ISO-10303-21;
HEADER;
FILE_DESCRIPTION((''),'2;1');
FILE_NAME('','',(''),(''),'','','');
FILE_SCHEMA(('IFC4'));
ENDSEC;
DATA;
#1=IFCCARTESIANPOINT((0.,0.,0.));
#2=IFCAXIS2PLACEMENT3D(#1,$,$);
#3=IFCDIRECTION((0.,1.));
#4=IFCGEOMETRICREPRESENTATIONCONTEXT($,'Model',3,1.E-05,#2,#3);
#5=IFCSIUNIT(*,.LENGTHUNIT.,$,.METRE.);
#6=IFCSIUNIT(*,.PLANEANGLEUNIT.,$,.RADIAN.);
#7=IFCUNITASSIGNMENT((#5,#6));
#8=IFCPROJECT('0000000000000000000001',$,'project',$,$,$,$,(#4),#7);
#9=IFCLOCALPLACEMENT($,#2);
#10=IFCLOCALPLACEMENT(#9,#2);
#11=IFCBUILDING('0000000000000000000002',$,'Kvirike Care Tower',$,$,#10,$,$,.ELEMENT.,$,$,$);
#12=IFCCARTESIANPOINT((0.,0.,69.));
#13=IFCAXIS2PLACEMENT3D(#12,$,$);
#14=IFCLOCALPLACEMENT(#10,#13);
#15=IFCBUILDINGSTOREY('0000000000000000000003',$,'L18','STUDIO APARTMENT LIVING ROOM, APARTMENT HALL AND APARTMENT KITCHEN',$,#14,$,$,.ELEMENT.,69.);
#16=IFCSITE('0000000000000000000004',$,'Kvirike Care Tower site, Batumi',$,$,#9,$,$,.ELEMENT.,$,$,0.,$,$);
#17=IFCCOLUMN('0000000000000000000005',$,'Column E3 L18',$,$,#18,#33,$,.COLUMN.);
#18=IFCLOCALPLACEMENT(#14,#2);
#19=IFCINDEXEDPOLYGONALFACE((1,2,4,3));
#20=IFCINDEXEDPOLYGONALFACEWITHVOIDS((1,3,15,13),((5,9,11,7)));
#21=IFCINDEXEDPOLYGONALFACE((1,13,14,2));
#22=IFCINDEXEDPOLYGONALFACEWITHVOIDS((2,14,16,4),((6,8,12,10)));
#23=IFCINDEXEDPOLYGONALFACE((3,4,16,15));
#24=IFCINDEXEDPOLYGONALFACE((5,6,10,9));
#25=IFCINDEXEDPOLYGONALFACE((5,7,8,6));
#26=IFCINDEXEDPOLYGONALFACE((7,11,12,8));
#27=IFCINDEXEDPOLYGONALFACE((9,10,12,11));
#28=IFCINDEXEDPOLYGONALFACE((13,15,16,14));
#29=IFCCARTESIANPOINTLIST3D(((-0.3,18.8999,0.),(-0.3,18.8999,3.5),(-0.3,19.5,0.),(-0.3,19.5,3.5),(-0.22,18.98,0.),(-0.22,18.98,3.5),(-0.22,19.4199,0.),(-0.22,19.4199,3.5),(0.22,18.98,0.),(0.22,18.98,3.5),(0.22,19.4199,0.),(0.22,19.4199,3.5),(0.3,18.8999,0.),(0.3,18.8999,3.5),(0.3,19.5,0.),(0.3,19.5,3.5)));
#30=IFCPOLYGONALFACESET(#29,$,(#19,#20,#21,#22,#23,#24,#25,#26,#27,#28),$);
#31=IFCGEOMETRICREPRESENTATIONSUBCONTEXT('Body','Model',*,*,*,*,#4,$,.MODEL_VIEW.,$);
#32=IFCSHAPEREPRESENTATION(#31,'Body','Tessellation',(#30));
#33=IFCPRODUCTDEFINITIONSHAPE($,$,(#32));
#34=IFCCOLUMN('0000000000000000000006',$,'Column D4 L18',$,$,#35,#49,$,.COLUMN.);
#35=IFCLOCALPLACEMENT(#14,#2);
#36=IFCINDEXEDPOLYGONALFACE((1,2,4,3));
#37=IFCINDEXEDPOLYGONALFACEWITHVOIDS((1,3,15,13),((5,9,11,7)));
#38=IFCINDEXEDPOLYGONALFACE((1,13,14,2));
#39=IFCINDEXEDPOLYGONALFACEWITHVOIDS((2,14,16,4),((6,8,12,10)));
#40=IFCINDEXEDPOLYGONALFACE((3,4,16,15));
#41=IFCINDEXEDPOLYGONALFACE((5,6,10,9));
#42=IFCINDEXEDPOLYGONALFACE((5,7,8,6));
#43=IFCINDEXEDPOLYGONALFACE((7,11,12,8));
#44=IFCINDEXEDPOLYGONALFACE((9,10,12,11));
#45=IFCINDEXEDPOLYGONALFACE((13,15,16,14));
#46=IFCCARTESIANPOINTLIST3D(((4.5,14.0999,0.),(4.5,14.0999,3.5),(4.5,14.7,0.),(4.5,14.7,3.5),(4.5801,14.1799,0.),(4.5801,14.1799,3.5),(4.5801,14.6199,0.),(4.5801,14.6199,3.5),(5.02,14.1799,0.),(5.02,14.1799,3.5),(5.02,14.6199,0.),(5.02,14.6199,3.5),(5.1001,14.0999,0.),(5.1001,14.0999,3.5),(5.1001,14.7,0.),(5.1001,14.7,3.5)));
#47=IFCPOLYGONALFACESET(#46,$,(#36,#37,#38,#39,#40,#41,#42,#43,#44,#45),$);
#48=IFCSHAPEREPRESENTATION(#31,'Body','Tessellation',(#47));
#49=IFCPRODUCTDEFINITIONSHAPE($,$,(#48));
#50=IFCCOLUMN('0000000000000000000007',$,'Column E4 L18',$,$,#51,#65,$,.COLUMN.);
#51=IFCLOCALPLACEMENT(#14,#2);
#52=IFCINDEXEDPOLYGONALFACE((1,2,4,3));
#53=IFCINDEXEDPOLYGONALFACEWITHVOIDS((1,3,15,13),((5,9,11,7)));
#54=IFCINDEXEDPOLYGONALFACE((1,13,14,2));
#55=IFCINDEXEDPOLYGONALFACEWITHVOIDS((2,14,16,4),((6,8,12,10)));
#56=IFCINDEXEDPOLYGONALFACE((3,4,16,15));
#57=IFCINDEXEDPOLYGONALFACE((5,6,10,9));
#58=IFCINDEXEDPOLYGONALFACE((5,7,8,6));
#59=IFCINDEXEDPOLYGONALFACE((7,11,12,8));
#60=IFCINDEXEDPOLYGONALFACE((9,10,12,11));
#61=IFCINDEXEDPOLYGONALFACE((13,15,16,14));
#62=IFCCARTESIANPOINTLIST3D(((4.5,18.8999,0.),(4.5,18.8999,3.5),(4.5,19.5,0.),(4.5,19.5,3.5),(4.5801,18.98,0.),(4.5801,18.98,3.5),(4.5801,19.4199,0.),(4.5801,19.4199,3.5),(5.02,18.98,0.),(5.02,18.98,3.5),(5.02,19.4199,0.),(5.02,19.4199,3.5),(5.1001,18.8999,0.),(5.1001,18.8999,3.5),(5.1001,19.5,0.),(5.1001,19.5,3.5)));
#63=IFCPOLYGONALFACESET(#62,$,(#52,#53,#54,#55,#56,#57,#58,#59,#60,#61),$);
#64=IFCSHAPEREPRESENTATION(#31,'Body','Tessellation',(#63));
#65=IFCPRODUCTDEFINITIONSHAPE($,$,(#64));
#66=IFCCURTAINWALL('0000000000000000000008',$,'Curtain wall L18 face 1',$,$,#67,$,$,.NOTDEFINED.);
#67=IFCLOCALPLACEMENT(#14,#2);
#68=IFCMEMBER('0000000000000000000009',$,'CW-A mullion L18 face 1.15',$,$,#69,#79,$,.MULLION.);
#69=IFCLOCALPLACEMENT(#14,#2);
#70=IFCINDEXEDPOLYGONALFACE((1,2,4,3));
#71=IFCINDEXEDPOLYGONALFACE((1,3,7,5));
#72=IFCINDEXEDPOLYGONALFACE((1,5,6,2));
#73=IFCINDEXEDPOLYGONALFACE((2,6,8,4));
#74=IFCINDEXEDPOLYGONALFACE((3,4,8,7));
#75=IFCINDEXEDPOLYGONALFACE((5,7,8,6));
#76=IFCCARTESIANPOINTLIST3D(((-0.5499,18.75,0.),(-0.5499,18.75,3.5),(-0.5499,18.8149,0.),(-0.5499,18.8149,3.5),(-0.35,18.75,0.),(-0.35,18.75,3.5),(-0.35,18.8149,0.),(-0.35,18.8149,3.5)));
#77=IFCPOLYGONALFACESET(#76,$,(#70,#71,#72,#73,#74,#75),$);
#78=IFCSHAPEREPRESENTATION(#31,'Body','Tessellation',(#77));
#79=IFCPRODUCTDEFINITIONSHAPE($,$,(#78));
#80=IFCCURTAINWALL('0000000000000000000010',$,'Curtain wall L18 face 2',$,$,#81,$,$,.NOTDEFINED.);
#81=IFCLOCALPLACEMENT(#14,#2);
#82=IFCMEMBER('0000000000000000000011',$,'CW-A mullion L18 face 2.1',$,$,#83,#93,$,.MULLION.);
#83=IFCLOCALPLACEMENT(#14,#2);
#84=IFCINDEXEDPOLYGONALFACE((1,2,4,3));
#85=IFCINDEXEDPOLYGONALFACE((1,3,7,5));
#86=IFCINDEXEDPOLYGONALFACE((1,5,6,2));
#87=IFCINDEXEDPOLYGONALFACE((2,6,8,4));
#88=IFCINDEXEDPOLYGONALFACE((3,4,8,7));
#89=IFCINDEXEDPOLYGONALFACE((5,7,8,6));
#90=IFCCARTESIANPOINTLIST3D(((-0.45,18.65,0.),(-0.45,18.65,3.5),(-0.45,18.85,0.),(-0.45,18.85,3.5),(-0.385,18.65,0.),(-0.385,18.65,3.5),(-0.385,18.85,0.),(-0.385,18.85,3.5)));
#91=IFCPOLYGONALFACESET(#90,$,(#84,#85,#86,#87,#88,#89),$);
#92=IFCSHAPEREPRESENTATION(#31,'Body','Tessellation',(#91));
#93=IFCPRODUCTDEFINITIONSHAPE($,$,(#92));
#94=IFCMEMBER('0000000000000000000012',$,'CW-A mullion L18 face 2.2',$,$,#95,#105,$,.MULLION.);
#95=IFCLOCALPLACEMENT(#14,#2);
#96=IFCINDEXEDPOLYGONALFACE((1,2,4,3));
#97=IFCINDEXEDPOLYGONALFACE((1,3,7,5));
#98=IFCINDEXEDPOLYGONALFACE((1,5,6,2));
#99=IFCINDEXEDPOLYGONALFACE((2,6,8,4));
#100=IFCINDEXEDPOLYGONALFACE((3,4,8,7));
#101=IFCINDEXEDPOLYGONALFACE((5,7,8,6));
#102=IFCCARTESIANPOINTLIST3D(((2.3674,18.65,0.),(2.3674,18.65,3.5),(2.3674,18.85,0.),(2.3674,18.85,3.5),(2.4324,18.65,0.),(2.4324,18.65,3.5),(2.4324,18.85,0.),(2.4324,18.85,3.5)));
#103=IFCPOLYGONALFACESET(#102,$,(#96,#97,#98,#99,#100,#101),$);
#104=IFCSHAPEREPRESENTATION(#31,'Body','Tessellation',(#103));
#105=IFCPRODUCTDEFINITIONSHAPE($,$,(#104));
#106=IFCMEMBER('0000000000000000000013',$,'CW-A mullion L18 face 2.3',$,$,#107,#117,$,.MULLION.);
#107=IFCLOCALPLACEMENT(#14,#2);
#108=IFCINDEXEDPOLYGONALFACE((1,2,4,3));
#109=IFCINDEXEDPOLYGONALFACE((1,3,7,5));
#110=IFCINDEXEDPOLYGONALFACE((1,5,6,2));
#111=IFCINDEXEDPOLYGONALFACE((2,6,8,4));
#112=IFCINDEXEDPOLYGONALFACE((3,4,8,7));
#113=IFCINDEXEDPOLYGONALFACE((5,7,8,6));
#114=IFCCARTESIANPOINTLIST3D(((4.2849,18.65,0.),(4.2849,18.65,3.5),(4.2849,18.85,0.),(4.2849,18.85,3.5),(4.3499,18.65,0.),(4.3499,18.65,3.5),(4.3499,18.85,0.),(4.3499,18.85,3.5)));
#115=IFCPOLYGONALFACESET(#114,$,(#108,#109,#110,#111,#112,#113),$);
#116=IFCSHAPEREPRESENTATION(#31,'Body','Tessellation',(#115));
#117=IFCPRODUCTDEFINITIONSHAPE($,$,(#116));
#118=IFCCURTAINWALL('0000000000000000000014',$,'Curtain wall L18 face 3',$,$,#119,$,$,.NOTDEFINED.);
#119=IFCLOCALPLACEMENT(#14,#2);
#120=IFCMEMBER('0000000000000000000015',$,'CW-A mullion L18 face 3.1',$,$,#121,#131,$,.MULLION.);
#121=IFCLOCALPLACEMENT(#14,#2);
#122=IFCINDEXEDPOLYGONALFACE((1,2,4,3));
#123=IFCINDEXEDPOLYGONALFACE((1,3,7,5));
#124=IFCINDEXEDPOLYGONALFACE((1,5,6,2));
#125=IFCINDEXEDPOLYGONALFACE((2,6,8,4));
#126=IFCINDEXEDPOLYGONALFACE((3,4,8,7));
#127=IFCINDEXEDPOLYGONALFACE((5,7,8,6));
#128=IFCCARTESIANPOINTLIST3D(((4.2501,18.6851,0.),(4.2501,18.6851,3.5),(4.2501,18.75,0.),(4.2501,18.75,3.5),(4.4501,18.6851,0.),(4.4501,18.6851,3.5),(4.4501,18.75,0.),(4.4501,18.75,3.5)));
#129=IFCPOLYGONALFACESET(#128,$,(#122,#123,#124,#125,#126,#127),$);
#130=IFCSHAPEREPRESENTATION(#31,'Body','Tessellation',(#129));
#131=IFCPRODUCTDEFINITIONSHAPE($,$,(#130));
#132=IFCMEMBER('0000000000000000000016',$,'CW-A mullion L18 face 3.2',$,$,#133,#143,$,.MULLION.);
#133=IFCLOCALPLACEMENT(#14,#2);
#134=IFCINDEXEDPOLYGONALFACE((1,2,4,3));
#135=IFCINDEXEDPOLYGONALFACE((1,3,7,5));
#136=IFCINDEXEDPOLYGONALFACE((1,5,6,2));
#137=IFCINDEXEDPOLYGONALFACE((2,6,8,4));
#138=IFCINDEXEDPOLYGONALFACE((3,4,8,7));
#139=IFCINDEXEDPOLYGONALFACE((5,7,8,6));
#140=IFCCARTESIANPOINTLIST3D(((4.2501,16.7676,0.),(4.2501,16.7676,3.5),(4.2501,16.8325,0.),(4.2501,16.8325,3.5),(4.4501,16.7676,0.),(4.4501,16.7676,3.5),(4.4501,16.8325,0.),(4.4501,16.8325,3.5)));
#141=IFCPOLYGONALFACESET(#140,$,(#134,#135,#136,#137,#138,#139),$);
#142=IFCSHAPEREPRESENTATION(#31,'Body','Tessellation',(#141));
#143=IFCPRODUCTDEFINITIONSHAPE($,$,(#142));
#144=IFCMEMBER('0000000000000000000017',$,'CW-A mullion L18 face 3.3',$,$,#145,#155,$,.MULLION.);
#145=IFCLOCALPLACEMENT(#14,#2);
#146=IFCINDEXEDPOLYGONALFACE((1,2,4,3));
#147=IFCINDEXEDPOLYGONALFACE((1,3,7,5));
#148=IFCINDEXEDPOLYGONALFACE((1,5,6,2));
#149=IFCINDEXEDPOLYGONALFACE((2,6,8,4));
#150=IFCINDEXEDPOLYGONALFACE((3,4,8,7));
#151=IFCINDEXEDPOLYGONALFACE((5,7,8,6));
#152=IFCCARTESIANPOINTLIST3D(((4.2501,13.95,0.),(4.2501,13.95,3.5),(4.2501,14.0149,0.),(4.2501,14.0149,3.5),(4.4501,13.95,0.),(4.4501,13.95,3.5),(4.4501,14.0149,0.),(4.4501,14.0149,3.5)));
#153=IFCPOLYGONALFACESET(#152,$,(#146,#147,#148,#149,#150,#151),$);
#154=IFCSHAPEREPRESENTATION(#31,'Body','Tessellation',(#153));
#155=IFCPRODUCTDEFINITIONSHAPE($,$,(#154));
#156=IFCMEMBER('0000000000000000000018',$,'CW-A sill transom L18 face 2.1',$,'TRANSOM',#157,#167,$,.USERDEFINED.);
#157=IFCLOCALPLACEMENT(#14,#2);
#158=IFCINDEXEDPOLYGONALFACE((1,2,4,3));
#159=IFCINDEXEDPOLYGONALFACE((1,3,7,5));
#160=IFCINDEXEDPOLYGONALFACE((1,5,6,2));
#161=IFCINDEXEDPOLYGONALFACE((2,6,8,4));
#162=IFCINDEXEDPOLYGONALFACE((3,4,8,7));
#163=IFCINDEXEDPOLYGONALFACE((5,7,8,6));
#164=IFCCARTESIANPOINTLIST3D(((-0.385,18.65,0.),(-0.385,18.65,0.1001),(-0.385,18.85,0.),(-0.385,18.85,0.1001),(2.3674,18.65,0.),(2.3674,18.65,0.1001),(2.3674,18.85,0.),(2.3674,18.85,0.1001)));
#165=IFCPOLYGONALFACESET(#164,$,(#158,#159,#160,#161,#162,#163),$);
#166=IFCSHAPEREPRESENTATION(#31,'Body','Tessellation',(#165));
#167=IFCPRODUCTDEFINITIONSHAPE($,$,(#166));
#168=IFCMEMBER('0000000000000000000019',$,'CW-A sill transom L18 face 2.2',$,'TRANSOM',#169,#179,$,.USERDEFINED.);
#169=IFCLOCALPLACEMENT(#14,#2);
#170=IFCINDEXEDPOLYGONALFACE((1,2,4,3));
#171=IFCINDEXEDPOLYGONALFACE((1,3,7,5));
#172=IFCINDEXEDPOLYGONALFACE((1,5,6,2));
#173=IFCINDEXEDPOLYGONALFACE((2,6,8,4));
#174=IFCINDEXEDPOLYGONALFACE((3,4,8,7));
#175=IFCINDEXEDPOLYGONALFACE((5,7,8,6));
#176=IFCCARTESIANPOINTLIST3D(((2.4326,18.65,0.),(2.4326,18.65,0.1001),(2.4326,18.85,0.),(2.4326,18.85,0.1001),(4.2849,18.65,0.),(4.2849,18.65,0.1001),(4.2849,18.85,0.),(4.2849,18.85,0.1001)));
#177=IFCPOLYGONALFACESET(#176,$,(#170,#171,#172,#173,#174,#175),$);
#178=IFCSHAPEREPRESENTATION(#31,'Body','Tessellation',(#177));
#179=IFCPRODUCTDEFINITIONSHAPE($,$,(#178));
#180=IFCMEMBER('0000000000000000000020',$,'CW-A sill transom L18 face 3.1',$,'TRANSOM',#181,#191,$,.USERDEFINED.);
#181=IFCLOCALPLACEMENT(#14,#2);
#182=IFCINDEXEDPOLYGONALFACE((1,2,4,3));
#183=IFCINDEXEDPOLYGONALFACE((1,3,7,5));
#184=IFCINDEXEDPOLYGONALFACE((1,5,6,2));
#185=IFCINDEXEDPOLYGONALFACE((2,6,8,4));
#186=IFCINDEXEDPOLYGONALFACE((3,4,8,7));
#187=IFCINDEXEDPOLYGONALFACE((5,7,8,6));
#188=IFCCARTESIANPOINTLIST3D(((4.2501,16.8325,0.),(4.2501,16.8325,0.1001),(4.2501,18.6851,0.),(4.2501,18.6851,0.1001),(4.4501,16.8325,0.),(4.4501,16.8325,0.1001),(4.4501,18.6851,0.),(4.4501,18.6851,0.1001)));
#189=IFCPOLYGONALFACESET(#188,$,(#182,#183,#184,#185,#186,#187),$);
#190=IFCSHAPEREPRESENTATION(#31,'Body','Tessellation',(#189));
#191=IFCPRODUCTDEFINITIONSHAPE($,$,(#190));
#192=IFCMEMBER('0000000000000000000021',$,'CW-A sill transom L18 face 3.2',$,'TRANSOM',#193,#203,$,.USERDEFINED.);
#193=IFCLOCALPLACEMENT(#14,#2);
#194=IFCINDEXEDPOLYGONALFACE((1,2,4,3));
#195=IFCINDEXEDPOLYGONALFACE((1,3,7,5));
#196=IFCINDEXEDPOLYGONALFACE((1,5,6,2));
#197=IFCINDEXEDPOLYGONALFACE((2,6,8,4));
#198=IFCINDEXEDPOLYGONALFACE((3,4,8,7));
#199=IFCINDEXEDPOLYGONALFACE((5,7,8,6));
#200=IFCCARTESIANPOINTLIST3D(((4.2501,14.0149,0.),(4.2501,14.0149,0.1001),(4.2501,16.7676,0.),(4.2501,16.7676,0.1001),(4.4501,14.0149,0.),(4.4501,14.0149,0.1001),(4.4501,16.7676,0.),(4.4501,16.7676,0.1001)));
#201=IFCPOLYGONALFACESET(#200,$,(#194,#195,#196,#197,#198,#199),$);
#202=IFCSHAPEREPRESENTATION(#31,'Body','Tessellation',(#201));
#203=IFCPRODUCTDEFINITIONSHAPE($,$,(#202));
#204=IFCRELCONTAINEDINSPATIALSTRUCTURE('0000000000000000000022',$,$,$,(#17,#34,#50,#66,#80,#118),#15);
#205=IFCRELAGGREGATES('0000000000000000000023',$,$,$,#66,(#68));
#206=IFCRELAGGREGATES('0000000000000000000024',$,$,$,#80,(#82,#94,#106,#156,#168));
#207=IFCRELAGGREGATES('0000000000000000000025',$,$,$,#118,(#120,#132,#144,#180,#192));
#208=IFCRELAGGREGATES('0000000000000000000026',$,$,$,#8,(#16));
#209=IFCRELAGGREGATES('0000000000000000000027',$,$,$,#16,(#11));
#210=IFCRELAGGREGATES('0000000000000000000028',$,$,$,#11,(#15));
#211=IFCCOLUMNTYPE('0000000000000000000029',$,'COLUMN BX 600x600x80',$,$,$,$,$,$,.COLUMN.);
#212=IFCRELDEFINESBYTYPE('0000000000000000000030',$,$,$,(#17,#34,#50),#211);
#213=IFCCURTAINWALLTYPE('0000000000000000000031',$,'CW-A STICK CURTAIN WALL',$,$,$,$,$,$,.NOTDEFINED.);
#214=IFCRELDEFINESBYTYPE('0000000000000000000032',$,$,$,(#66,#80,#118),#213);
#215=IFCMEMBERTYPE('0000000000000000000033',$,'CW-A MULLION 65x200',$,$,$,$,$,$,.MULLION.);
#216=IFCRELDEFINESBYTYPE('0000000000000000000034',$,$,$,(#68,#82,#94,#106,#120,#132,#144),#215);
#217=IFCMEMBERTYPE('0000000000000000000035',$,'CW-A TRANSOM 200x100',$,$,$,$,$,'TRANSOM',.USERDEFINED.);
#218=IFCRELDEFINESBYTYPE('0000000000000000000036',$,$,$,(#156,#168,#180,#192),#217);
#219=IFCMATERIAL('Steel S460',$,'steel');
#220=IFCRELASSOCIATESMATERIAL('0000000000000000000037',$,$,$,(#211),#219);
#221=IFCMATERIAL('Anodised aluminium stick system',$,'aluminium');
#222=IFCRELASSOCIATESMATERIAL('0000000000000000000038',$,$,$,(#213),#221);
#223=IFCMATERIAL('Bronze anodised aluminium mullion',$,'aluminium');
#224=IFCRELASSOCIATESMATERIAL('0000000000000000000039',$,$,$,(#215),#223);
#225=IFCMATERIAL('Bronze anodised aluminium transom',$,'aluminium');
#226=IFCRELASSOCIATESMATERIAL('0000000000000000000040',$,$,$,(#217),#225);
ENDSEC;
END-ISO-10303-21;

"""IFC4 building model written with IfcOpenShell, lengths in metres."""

from ifc_helpers import new_model, si_unit, direction, frame, origin, origin_2d, place, context, subcontext, project, spatial, rectangle, hollow_rectangle, extrude, material, material_profile, profile_set, type_object, element, aggregate, save


model = new_model("IFC4")

# Units and contexts
model_context = context("Model", 3, precision=1e-05, world=origin(), true_north=direction((0.0, 1.0)))
body_context = subcontext(model_context, "Body", "Model", "MODEL_VIEW")
ifc_project = project(units=[si_unit("LENGTHUNIT", "METRE"), si_unit("PLANEANGLEUNIT", "RADIAN")], contexts=[model_context])

# Site, building, storey
site_placement = place(None, origin())
site = spatial("IfcSite", under=ifc_project, at=site_placement, Name="Kvirike Care Tower site, Batumi", CompositionType="ELEMENT", RefElevation=0.0)
building_placement = place(site_placement, origin())
building = spatial("IfcBuilding", under=site, at=building_placement, Name="Kvirike Care Tower", CompositionType="ELEMENT")
storey_placement = place(building_placement, frame((0.0, 0.0, 69.0)))
storey = spatial("IfcBuildingStorey", under=building, at=storey_placement, Name="L18", Description="STUDIO APARTMENT LIVING ROOM, APARTMENT HALL AND APARTMENT KITCHEN", CompositionType="ELEMENT", Elevation=69.0)

# Columns
ifc_material_1 = material(Name="Steel S460", Category="steel")
ifc_material_profile_1 = material_profile(ifc_material_1, hollow_rectangle(XDim=0.6001, YDim=0.6001, WallThickness=0.0801, at=origin_2d()), Name="BX 600x600x80")
ifc_profile_set_1 = profile_set([ifc_material_profile_1], Name="Steel S460")
column_type = type_object("IfcColumnType", Name="COLUMN BX 600x600x80", PredefinedType="COLUMN", material=ifc_profile_set_1)
for number, where, z_axis, x_axis, name in (
    (1, (0.0, 19.2, 0.0), (0.0, 0.0, 1.0), (0.0, 1.0, 0.0), "Column E3 L18"),
    (2, (4.8, 14.3999, 0.0), (0.0, 0.0, 1.0), (0.0, 1.0, 0.0), "Column D4 L18"),
    (3, (4.8, 19.2, 0.0), (0.0, 0.0, 1.0), (0.0, 1.0, 0.0), "Column E4 L18"),
):
    element("IfcColumn", number, at=place(storey_placement, frame(where, z_axis=z_axis, x_axis=x_axis)), inside=storey, type_object=column_type, Name=name, PredefinedType="COLUMN", context=body_context, shape_type="SweptSolid", body=[
        extrude(hollow_rectangle(XDim=0.6001, YDim=0.6001, WallThickness=0.0801, at=origin_2d()), origin(), (0.0, 0.0, 1.0), 3.5),
    ])

# Curtain wall, member
ifc_material_2 = material(Name="Anodised aluminium stick system", Category="aluminium")
curtain_wall_type = type_object("IfcCurtainWallType", Name="CW-A STICK CURTAIN WALL", PredefinedType="NOTDEFINED", material=ifc_material_2)
curtain_wall_1_placement = place(storey_placement, origin())
curtain_wall_1 = element("IfcCurtainWall", 4, at=curtain_wall_1_placement, inside=storey, type_object=curtain_wall_type, Name="Curtain wall L18 face 1", PredefinedType="NOTDEFINED")
ifc_material_3 = material(Name="Bronze anodised aluminium mullion", Category="aluminium")
ifc_material_profile_2 = material_profile(ifc_material_3, rectangle(XDim=0.0649, YDim=0.2, at=origin_2d()), Name="CW-A MULLION 65x200")
ifc_profile_set_2 = profile_set([ifc_material_profile_2], Name="Bronze anodised aluminium mullion")
member_type_1 = type_object("IfcMemberType", Name="CW-A MULLION 65x200", PredefinedType="MULLION", material=ifc_profile_set_2)
member_1_placement = place(storey_placement, frame((-0.45, 18.7825, 0.0), z_axis=(0.0, 0.0, 1.0), x_axis=(0.0, -1.0, 0.0)))
member_1 = element("IfcMember", 5, at=member_1_placement, type_object=member_type_1, Name="CW-A mullion L18 face 1.15", PredefinedType="MULLION", context=body_context, shape_type="SweptSolid", body=[
    extrude(rectangle(XDim=0.0649, YDim=0.2, at=origin_2d()), origin(), (0.0, 0.0, 1.0), 3.5),
])
aggregate(curtain_wall_1, [member_1])

# Curtain walls, members
curtain_wall_2_placement = place(storey_placement, origin())
curtain_wall_2 = element("IfcCurtainWall", 6, at=curtain_wall_2_placement, inside=storey, type_object=curtain_wall_type, Name="Curtain wall L18 face 2", PredefinedType="NOTDEFINED")
member_2_placement = place(storey_placement, frame((-0.4175, 18.75, 0.0), z_axis=(0.0, 0.0, 1.0), x_axis=(1.0, 0.0, 0.0)))
member_2 = element("IfcMember", 7, at=member_2_placement, type_object=member_type_1, Name="CW-A mullion L18 face 2.1", PredefinedType="MULLION", context=body_context, shape_type="SweptSolid", body=[
    extrude(rectangle(XDim=0.0649, YDim=0.2, at=origin_2d()), origin(), (0.0, 0.0, 1.0), 3.5),
])
member_3_placement = place(storey_placement, frame((2.3999, 18.75, 0.0), z_axis=(0.0, 0.0, 1.0), x_axis=(1.0, 0.0, 0.0)))
member_3 = element("IfcMember", 8, at=member_3_placement, type_object=member_type_1, Name="CW-A mullion L18 face 2.2", PredefinedType="MULLION", context=body_context, shape_type="SweptSolid", body=[
    extrude(rectangle(XDim=0.0649, YDim=0.2, at=origin_2d()), origin(), (0.0, 0.0, 1.0), 3.5),
])
member_4_placement = place(storey_placement, frame((4.3174, 18.75, 0.0), z_axis=(0.0, 0.0, 1.0), x_axis=(1.0, 0.0, 0.0)))
member_4 = element("IfcMember", 9, at=member_4_placement, type_object=member_type_1, Name="CW-A mullion L18 face 2.3", PredefinedType="MULLION", context=body_context, shape_type="SweptSolid", body=[
    extrude(rectangle(XDim=0.0649, YDim=0.2, at=origin_2d()), origin(), (0.0, 0.0, 1.0), 3.5),
])
curtain_wall_3_placement = place(storey_placement, origin())
curtain_wall_3 = element("IfcCurtainWall", 10, at=curtain_wall_3_placement, inside=storey, type_object=curtain_wall_type, Name="Curtain wall L18 face 3", PredefinedType="NOTDEFINED")
member_5_placement = place(storey_placement, frame((4.3501, 18.7175, 0.0), z_axis=(0.0, 0.0, 1.0), x_axis=(0.0, -1.0, 0.0)))
member_5 = element("IfcMember", 11, at=member_5_placement, type_object=member_type_1, Name="CW-A mullion L18 face 3.1", PredefinedType="MULLION", context=body_context, shape_type="SweptSolid", body=[
    extrude(rectangle(XDim=0.0649, YDim=0.2, at=origin_2d()), origin(), (0.0, 0.0, 1.0), 3.5),
])
member_6_placement = place(storey_placement, frame((4.3501, 16.8, 0.0), z_axis=(0.0, 0.0, 1.0), x_axis=(0.0, -1.0, 0.0)))
member_6 = element("IfcMember", 12, at=member_6_placement, type_object=member_type_1, Name="CW-A mullion L18 face 3.2", PredefinedType="MULLION", context=body_context, shape_type="SweptSolid", body=[
    extrude(rectangle(XDim=0.0649, YDim=0.2, at=origin_2d()), origin(), (0.0, 0.0, 1.0), 3.5),
])
member_7_placement = place(storey_placement, frame((4.3501, 13.9824, 0.0), z_axis=(0.0, 0.0, 1.0), x_axis=(0.0, -1.0, 0.0)))
member_7 = element("IfcMember", 13, at=member_7_placement, type_object=member_type_1, Name="CW-A mullion L18 face 3.3", PredefinedType="MULLION", context=body_context, shape_type="SweptSolid", body=[
    extrude(rectangle(XDim=0.0649, YDim=0.2, at=origin_2d()), origin(), (0.0, 0.0, 1.0), 3.5),
])

# Members
ifc_material_4 = material(Name="Bronze anodised aluminium transom", Category="aluminium")
ifc_material_profile_3 = material_profile(ifc_material_4, rectangle(XDim=0.2, YDim=0.1001, at=origin_2d()), Name="CW-A TRANSOM 200x100")
ifc_profile_set_3 = profile_set([ifc_material_profile_3], Name="Bronze anodised aluminium transom")
member_type_2 = type_object("IfcMemberType", Name="CW-A TRANSOM 200x100", ElementType="TRANSOM", PredefinedType="USERDEFINED", material=ifc_profile_set_3)
member_8_placement = place(storey_placement, frame((-0.385, 18.75, 0.05), z_axis=(1.0, 0.0, 0.0), x_axis=(0.0, 1.0, 0.0)))
member_8 = element("IfcMember", 14, at=member_8_placement, type_object=member_type_2, Name="CW-A sill transom L18 face 2.1", ObjectType="TRANSOM", PredefinedType="USERDEFINED", context=body_context, shape_type="SweptSolid", body=[
    extrude(rectangle(XDim=0.2, YDim=0.1001, at=origin_2d()), origin(), (0.0, 0.0, 1.0), 2.7524),
])
member_9_placement = place(storey_placement, frame((2.4326, 18.75, 0.05), z_axis=(1.0, 0.0, 0.0), x_axis=(0.0, 1.0, 0.0)))
member_9 = element("IfcMember", 15, at=member_9_placement, type_object=member_type_2, Name="CW-A sill transom L18 face 2.2", ObjectType="TRANSOM", PredefinedType="USERDEFINED", context=body_context, shape_type="SweptSolid", body=[
    extrude(rectangle(XDim=0.2, YDim=0.1001, at=origin_2d()), origin(), (0.0, 0.0, 1.0), 1.8523),
])
member_10_placement = place(storey_placement, frame((4.3501, 18.6851, 0.05), z_axis=(0.0, -1.0, 0.0), x_axis=(1.0, 0.0, 0.0)))
member_10 = element("IfcMember", 16, at=member_10_placement, type_object=member_type_2, Name="CW-A sill transom L18 face 3.1", ObjectType="TRANSOM", PredefinedType="USERDEFINED", context=body_context, shape_type="SweptSolid", body=[
    extrude(rectangle(XDim=0.2, YDim=0.1001, at=origin_2d()), origin(), (0.0, 0.0, 1.0), 1.8525),
])
member_11_placement = place(storey_placement, frame((4.3501, 16.7676, 0.05), z_axis=(0.0, -1.0, 0.0), x_axis=(1.0, 0.0, 0.0)))
member_11 = element("IfcMember", 17, at=member_11_placement, type_object=member_type_2, Name="CW-A sill transom L18 face 3.2", ObjectType="TRANSOM", PredefinedType="USERDEFINED", context=body_context, shape_type="SweptSolid", body=[
    extrude(rectangle(XDim=0.2, YDim=0.1001, at=origin_2d()), origin(), (0.0, 0.0, 1.0), 2.7527),
])

aggregate(curtain_wall_2, [member_2, member_3, member_4, member_8, member_9])
aggregate(curtain_wall_3, [member_5, member_6, member_7, member_10, member_11])

save(model, "model.ifc")
